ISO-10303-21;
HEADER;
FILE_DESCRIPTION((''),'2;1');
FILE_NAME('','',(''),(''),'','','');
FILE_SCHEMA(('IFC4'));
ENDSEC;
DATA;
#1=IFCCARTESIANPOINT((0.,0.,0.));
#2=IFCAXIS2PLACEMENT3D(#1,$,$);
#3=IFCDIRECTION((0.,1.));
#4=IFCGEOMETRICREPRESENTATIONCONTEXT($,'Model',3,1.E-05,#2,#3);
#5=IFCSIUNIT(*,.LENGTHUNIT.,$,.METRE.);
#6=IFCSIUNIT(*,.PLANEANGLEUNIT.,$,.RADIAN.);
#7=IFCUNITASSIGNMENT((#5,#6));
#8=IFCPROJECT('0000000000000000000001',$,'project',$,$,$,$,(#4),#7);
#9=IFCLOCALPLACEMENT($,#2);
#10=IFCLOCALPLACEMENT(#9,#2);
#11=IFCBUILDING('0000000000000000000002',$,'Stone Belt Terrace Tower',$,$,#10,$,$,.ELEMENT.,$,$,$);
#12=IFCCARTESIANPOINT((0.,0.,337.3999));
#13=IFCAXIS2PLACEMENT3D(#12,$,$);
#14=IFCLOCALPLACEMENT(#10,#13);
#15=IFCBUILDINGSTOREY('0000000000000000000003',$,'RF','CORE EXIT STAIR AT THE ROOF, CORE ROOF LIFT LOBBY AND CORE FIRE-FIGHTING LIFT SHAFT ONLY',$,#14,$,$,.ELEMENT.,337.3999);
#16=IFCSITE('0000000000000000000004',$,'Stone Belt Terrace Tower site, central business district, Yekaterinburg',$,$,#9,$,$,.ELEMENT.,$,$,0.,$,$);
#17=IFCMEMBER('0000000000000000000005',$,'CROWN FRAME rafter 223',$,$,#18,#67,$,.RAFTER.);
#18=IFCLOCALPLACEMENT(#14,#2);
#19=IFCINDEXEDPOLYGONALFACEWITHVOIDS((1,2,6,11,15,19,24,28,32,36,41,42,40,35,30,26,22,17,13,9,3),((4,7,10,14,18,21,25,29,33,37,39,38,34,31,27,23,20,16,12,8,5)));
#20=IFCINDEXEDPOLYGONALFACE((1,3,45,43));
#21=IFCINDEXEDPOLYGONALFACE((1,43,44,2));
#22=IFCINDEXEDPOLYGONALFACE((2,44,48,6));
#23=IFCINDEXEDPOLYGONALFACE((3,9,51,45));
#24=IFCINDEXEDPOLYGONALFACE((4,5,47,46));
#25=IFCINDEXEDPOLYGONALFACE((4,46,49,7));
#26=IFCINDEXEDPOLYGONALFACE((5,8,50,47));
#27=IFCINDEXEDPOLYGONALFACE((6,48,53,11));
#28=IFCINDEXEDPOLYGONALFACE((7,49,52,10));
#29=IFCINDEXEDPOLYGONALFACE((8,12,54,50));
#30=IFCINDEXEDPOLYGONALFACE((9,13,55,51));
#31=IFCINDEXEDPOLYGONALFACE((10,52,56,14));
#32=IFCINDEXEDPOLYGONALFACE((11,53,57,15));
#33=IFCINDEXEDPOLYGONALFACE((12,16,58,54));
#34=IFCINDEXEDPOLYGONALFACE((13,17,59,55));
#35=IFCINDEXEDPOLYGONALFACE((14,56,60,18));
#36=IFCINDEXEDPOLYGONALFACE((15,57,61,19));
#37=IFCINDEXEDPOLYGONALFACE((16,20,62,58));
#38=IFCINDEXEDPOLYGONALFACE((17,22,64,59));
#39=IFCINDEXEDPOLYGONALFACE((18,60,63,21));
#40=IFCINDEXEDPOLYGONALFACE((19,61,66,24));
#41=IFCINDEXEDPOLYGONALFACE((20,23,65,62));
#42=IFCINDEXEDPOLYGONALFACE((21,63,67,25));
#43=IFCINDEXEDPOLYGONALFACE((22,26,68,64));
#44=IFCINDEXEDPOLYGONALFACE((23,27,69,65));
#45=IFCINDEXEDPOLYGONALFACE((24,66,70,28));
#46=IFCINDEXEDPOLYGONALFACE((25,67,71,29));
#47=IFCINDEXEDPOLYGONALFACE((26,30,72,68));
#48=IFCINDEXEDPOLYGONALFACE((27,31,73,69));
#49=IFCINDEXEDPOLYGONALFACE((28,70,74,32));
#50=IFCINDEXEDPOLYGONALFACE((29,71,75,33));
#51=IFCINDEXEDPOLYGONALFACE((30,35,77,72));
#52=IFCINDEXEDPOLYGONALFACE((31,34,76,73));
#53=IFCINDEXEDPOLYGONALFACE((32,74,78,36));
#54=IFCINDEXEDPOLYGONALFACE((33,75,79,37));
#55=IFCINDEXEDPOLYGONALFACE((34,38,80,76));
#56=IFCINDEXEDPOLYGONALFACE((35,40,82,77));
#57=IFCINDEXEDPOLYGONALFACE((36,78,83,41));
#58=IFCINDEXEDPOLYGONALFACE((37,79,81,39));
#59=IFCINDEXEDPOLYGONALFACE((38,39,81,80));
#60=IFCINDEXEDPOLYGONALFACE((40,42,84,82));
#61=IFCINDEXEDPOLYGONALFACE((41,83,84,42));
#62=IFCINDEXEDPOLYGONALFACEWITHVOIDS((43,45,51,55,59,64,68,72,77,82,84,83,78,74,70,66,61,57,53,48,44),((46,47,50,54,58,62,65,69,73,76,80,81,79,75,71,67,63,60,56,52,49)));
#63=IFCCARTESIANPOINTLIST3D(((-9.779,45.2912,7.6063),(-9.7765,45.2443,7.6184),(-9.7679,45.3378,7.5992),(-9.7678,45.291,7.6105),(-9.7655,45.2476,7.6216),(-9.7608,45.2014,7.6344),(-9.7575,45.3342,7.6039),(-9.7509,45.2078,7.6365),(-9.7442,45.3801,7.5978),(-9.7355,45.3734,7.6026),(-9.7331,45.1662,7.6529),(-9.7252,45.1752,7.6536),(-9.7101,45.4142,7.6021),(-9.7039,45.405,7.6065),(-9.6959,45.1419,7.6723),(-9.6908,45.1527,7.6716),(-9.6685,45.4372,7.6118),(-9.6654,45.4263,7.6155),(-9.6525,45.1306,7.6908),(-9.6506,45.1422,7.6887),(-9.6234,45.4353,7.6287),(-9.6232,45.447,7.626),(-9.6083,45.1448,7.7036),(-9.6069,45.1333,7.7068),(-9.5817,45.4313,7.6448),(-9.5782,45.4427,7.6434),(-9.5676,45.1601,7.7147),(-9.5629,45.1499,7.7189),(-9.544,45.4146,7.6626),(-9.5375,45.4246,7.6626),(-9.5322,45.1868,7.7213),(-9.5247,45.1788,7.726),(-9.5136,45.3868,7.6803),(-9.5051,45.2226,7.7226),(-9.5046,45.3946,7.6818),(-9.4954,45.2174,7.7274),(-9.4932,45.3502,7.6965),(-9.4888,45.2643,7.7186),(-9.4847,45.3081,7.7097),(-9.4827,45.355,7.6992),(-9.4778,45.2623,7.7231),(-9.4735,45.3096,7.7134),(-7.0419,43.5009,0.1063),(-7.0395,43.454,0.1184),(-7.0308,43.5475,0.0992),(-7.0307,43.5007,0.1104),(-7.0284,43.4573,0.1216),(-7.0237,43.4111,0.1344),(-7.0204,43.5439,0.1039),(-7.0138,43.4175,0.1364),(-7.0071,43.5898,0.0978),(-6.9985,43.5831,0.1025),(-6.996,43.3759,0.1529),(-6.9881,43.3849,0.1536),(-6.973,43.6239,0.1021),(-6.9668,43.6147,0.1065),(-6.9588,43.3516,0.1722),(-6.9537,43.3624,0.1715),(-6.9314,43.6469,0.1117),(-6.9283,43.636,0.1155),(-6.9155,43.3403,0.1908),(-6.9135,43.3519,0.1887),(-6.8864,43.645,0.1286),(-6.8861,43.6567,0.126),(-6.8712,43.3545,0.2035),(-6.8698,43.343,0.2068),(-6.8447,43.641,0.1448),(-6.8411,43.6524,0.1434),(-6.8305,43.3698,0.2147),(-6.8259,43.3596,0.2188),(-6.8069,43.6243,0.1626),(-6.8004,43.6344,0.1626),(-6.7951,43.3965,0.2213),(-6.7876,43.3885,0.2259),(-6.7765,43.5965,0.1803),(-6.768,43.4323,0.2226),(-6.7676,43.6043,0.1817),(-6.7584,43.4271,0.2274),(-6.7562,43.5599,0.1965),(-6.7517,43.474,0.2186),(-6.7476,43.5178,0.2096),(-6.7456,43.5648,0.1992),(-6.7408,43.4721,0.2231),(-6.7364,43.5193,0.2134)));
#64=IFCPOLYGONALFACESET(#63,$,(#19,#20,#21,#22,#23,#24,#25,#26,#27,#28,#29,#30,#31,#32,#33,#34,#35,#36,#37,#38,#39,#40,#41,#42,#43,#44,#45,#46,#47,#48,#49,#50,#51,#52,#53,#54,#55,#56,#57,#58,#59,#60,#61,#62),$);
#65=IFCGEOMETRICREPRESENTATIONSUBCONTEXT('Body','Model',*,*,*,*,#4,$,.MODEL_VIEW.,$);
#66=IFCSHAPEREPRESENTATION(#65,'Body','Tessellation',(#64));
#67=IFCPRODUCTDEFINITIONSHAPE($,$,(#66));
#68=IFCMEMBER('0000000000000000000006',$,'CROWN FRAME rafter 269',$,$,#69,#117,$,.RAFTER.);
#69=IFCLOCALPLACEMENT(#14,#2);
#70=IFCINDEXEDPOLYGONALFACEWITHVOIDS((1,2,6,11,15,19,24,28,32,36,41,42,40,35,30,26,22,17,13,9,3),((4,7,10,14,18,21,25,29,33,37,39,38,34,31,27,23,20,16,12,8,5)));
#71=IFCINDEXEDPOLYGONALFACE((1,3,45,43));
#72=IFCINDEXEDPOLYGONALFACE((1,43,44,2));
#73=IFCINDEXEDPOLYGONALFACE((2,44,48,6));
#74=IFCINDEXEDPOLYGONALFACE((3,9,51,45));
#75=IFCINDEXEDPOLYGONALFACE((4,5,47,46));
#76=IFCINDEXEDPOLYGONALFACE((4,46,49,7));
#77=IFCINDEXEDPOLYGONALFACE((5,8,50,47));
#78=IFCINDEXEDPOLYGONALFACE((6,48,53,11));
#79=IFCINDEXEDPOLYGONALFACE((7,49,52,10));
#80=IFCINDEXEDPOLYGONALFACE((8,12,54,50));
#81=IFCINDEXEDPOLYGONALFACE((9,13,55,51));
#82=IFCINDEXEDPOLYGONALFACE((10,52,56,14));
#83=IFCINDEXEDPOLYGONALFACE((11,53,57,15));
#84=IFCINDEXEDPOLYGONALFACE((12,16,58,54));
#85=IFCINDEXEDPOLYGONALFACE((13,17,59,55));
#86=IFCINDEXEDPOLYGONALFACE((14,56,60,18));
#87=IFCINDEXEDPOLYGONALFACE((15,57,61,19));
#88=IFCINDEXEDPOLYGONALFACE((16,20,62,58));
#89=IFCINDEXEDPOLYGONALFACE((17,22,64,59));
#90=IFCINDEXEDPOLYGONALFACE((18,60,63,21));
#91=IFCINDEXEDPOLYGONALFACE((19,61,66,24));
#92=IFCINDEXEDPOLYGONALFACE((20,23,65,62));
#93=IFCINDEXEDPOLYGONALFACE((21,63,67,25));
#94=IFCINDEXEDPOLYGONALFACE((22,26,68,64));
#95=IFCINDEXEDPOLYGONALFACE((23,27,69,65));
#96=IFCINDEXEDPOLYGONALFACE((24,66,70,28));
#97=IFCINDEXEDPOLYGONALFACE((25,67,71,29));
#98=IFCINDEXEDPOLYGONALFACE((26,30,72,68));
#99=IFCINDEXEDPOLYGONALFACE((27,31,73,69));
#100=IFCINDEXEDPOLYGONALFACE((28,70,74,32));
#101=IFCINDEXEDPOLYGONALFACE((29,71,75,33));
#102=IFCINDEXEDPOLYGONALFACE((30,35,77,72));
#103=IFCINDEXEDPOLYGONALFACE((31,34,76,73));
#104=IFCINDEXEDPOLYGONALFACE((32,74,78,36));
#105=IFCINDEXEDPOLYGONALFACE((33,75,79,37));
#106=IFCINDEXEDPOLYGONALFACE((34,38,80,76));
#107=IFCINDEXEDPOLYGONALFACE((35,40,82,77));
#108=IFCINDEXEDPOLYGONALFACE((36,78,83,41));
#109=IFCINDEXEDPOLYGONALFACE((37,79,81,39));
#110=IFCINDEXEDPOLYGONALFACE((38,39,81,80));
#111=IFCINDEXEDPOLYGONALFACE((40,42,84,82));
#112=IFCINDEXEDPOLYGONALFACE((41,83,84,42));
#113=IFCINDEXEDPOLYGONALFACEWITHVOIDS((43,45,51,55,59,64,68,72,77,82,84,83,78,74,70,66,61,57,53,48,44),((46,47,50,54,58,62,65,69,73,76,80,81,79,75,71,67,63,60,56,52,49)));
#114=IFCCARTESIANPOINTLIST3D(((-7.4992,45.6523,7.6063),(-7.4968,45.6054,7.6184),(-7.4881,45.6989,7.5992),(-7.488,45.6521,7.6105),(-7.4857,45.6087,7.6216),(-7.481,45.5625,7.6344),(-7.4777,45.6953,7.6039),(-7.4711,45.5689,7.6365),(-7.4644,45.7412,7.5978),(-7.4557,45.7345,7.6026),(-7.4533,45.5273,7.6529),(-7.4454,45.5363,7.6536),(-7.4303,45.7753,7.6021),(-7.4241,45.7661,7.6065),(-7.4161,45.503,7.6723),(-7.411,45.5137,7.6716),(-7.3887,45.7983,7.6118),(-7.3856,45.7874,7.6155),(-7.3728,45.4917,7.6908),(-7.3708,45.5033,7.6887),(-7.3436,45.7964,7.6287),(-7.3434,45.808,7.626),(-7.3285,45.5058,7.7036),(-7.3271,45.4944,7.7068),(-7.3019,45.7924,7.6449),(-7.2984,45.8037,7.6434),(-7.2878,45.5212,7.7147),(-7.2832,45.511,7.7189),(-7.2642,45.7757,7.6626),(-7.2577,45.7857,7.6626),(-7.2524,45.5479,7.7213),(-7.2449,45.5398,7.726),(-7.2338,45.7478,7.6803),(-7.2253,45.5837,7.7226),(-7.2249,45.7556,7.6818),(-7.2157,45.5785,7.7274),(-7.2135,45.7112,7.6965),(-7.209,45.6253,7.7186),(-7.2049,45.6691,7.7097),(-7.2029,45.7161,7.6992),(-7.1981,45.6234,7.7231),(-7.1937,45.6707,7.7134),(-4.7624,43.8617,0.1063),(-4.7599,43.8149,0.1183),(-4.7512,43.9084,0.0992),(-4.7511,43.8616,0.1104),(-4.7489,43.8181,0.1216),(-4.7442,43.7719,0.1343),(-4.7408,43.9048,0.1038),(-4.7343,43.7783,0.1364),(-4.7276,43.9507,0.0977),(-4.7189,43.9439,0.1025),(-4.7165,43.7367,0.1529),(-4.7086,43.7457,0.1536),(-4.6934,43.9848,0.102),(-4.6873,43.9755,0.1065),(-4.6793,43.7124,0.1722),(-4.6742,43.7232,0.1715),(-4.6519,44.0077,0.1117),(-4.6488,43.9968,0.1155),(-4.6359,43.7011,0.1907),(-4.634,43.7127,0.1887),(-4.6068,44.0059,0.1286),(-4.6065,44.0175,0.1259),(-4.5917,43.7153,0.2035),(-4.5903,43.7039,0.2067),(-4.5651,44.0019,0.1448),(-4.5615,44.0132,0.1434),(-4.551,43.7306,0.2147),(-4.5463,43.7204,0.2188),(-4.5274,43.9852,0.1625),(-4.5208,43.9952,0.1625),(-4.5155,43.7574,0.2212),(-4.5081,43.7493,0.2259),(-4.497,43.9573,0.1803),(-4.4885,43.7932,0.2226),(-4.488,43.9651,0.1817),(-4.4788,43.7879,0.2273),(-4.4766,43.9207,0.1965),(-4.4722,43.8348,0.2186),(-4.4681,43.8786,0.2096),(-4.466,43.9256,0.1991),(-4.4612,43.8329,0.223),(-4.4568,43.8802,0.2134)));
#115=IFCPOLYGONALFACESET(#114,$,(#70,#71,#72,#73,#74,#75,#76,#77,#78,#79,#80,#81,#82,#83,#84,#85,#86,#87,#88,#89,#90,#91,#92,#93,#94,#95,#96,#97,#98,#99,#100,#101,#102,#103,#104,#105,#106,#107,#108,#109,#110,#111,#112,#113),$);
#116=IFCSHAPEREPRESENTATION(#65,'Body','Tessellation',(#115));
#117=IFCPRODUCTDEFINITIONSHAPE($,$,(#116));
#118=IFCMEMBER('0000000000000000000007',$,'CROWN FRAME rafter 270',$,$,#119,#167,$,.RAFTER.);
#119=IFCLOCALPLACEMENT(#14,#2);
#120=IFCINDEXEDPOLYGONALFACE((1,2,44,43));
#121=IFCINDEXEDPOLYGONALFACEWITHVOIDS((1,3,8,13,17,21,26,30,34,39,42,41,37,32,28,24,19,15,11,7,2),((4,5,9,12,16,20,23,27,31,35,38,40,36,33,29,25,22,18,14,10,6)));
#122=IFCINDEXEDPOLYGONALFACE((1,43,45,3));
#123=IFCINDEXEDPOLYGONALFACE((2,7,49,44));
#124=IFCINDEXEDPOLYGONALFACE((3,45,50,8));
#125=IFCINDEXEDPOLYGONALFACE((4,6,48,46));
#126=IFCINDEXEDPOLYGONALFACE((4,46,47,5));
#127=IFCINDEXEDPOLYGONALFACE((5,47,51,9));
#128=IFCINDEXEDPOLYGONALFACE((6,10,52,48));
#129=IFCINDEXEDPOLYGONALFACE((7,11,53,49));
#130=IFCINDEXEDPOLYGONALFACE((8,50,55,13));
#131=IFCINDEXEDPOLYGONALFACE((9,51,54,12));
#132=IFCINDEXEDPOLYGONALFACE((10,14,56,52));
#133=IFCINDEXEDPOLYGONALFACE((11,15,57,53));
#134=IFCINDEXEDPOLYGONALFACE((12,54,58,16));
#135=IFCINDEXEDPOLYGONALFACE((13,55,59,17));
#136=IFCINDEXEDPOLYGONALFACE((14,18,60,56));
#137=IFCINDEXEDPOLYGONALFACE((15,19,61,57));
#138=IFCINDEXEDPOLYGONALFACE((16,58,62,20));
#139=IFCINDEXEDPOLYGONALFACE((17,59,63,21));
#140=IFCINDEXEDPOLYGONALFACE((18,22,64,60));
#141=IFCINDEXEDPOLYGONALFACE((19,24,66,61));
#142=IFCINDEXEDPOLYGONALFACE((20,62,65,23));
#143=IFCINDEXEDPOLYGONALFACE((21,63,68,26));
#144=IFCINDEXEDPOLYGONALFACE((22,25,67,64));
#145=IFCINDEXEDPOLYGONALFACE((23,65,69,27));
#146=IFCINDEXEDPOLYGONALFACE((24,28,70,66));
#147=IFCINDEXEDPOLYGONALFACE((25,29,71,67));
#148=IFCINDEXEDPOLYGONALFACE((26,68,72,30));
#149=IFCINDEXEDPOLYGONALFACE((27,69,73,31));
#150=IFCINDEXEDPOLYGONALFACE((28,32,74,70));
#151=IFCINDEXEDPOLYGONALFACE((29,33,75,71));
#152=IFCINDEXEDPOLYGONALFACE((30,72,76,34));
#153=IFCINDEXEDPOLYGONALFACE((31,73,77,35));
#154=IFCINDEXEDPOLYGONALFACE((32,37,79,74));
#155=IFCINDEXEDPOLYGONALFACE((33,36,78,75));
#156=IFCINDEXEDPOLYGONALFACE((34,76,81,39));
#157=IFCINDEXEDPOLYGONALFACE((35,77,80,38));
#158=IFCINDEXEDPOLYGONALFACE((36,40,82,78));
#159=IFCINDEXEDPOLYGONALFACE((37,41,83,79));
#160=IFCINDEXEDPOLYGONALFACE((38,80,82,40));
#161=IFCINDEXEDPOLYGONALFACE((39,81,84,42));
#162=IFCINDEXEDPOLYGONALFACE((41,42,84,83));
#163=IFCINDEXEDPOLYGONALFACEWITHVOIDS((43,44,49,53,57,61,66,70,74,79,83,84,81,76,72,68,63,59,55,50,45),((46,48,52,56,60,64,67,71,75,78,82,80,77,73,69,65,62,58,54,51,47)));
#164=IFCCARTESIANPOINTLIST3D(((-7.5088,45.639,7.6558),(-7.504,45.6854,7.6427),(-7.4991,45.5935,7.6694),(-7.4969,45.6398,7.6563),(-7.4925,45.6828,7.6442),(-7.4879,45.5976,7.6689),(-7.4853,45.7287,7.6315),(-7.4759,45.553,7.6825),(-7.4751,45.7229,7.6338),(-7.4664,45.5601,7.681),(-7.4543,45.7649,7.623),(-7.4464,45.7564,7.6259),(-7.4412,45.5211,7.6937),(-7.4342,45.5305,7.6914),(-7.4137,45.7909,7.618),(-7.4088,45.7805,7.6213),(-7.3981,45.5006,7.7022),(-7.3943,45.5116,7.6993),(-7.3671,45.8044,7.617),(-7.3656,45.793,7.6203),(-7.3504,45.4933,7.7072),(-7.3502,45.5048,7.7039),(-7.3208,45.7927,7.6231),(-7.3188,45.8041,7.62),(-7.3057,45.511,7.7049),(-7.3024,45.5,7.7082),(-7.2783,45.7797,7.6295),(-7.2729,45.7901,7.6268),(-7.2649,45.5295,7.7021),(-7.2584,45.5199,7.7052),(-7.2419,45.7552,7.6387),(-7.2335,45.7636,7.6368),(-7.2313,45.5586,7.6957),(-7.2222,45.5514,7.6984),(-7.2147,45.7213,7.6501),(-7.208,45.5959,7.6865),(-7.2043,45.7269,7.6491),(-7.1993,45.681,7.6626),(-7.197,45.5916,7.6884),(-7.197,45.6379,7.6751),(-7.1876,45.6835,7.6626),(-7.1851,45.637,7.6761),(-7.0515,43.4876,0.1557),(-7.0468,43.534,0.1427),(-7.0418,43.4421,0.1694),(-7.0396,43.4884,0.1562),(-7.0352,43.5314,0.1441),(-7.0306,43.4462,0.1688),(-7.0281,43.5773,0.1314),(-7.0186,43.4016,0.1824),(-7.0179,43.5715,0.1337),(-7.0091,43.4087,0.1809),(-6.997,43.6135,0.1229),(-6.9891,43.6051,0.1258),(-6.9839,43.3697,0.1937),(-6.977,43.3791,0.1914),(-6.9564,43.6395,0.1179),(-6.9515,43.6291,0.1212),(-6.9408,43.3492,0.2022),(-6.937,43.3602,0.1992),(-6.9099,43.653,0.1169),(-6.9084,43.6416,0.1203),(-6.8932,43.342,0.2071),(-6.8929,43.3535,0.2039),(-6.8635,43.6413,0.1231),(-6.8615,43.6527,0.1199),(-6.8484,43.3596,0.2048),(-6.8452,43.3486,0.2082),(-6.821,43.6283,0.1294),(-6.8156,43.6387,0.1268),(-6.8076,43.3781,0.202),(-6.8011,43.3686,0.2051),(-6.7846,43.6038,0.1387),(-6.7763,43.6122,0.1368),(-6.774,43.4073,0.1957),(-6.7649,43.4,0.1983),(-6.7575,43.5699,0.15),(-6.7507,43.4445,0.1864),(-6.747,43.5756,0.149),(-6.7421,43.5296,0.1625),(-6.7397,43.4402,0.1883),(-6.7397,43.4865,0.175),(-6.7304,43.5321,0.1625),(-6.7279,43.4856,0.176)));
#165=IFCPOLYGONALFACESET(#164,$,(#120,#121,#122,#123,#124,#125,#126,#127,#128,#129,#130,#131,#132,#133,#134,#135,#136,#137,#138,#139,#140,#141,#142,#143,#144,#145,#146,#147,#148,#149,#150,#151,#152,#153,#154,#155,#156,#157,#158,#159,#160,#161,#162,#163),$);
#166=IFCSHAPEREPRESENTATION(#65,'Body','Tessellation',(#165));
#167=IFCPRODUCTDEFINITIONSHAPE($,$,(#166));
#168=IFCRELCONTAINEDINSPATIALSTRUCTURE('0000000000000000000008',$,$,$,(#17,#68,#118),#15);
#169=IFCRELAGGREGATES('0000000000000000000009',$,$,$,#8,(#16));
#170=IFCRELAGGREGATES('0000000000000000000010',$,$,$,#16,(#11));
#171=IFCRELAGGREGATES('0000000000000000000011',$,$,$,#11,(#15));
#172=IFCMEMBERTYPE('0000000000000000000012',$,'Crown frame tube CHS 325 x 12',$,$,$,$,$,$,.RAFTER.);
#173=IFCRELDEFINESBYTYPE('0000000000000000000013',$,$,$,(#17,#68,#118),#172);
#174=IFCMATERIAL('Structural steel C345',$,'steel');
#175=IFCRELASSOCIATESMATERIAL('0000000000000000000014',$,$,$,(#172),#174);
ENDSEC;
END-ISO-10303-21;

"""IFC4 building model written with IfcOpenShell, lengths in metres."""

from ifc_helpers import new_model, si_unit, direction, frame, origin, origin_2d, place, context, subcontext, project, spatial, hollow_circle, extrude, material, material_profile, profile_set, type_object, element, save


model = new_model("IFC4")

# Units and contexts
model_context = context("Model", 3, precision=1e-05, world=origin(), true_north=direction((0.0, 1.0)))
body_context = subcontext(model_context, "Body", "Model", "MODEL_VIEW")
ifc_project = project(units=[si_unit("LENGTHUNIT", "METRE"), si_unit("PLANEANGLEUNIT", "RADIAN")], contexts=[model_context])

# Site, building, storey
site_placement = place(None, origin())
site = spatial("IfcSite", under=ifc_project, at=site_placement, Name="Stone Belt Terrace Tower site, central business district, Yekaterinburg", CompositionType="ELEMENT", RefElevation=0.0)
building_placement = place(site_placement, origin())
building = spatial("IfcBuilding", under=site, at=building_placement, Name="Stone Belt Terrace Tower", CompositionType="ELEMENT")
storey_placement = place(building_placement, frame((0.0, 0.0, 337.3999)))
storey = spatial("IfcBuildingStorey", under=building, at=storey_placement, Name="RF", Description="CORE EXIT STAIR AT THE ROOF, CORE ROOF LIFT LOBBY AND CORE FIRE-FIGHTING LIFT SHAFT ONLY", CompositionType="ELEMENT", Elevation=337.3999)

# Members
ifc_material_1 = material(Name="Structural steel C345", Category="steel")
ifc_material_profile_1 = material_profile(ifc_material_1, hollow_circle(Radius=0.1626, WallThickness=0.012, at=origin_2d()), Name="Structural steel C345 CHS 325x12")
ifc_profile_set_1 = profile_set([ifc_material_profile_1], Name="Structural steel C345")
member_type_1 = type_object("IfcMemberType", Name="Crown frame tube CHS 325 x 12", PredefinedType="RAFTER", material=ifc_profile_set_1)
for number, where, z_axis, x_axis, name in (
    (1, (-9.6265, 45.2886, 7.6626), (0.334518, -0.218805, -0.916636), (0.547392, 0.836876, 0.0), "CROWN FRAME rafter 223"),
    (2, (-7.3467, 45.6497, 7.6626), (0.33449, -0.218836, -0.916639), (0.547479, 0.83682, 0.0), "CROWN FRAME rafter 269"),
):
    element("IfcMember", number, at=place(storey_placement, frame(where, z_axis=z_axis, x_axis=x_axis)), inside=storey, type_object=member_type_1, Name=name, PredefinedType="RAFTER", context=body_context, shape_type="SweptSolid", body=[
        extrude(hollow_circle(Radius=0.1626, WallThickness=0.012, at=origin_2d()), origin(), (0.0, 0.0, 1.0), 8.1821),
    ])
member_1_placement = place(storey_placement, frame((-7.3467, 45.6497, 7.6626), z_axis=(0.058506, -0.275257, -0.959589), x_axis=(0.978149, 0.207907, 0.0)))
element("IfcMember", 3, at=member_1_placement, inside=storey, type_object=member_type_1, Name="CROWN FRAME rafter 270", PredefinedType="RAFTER", context=body_context, shape_type="SweptSolid", body=[
    extrude(hollow_circle(Radius=0.1626, WallThickness=0.012, at=origin_2d()), origin(), (0.0, 0.0, 1.0), 7.8159),
])

save(model, "model.ifc")
